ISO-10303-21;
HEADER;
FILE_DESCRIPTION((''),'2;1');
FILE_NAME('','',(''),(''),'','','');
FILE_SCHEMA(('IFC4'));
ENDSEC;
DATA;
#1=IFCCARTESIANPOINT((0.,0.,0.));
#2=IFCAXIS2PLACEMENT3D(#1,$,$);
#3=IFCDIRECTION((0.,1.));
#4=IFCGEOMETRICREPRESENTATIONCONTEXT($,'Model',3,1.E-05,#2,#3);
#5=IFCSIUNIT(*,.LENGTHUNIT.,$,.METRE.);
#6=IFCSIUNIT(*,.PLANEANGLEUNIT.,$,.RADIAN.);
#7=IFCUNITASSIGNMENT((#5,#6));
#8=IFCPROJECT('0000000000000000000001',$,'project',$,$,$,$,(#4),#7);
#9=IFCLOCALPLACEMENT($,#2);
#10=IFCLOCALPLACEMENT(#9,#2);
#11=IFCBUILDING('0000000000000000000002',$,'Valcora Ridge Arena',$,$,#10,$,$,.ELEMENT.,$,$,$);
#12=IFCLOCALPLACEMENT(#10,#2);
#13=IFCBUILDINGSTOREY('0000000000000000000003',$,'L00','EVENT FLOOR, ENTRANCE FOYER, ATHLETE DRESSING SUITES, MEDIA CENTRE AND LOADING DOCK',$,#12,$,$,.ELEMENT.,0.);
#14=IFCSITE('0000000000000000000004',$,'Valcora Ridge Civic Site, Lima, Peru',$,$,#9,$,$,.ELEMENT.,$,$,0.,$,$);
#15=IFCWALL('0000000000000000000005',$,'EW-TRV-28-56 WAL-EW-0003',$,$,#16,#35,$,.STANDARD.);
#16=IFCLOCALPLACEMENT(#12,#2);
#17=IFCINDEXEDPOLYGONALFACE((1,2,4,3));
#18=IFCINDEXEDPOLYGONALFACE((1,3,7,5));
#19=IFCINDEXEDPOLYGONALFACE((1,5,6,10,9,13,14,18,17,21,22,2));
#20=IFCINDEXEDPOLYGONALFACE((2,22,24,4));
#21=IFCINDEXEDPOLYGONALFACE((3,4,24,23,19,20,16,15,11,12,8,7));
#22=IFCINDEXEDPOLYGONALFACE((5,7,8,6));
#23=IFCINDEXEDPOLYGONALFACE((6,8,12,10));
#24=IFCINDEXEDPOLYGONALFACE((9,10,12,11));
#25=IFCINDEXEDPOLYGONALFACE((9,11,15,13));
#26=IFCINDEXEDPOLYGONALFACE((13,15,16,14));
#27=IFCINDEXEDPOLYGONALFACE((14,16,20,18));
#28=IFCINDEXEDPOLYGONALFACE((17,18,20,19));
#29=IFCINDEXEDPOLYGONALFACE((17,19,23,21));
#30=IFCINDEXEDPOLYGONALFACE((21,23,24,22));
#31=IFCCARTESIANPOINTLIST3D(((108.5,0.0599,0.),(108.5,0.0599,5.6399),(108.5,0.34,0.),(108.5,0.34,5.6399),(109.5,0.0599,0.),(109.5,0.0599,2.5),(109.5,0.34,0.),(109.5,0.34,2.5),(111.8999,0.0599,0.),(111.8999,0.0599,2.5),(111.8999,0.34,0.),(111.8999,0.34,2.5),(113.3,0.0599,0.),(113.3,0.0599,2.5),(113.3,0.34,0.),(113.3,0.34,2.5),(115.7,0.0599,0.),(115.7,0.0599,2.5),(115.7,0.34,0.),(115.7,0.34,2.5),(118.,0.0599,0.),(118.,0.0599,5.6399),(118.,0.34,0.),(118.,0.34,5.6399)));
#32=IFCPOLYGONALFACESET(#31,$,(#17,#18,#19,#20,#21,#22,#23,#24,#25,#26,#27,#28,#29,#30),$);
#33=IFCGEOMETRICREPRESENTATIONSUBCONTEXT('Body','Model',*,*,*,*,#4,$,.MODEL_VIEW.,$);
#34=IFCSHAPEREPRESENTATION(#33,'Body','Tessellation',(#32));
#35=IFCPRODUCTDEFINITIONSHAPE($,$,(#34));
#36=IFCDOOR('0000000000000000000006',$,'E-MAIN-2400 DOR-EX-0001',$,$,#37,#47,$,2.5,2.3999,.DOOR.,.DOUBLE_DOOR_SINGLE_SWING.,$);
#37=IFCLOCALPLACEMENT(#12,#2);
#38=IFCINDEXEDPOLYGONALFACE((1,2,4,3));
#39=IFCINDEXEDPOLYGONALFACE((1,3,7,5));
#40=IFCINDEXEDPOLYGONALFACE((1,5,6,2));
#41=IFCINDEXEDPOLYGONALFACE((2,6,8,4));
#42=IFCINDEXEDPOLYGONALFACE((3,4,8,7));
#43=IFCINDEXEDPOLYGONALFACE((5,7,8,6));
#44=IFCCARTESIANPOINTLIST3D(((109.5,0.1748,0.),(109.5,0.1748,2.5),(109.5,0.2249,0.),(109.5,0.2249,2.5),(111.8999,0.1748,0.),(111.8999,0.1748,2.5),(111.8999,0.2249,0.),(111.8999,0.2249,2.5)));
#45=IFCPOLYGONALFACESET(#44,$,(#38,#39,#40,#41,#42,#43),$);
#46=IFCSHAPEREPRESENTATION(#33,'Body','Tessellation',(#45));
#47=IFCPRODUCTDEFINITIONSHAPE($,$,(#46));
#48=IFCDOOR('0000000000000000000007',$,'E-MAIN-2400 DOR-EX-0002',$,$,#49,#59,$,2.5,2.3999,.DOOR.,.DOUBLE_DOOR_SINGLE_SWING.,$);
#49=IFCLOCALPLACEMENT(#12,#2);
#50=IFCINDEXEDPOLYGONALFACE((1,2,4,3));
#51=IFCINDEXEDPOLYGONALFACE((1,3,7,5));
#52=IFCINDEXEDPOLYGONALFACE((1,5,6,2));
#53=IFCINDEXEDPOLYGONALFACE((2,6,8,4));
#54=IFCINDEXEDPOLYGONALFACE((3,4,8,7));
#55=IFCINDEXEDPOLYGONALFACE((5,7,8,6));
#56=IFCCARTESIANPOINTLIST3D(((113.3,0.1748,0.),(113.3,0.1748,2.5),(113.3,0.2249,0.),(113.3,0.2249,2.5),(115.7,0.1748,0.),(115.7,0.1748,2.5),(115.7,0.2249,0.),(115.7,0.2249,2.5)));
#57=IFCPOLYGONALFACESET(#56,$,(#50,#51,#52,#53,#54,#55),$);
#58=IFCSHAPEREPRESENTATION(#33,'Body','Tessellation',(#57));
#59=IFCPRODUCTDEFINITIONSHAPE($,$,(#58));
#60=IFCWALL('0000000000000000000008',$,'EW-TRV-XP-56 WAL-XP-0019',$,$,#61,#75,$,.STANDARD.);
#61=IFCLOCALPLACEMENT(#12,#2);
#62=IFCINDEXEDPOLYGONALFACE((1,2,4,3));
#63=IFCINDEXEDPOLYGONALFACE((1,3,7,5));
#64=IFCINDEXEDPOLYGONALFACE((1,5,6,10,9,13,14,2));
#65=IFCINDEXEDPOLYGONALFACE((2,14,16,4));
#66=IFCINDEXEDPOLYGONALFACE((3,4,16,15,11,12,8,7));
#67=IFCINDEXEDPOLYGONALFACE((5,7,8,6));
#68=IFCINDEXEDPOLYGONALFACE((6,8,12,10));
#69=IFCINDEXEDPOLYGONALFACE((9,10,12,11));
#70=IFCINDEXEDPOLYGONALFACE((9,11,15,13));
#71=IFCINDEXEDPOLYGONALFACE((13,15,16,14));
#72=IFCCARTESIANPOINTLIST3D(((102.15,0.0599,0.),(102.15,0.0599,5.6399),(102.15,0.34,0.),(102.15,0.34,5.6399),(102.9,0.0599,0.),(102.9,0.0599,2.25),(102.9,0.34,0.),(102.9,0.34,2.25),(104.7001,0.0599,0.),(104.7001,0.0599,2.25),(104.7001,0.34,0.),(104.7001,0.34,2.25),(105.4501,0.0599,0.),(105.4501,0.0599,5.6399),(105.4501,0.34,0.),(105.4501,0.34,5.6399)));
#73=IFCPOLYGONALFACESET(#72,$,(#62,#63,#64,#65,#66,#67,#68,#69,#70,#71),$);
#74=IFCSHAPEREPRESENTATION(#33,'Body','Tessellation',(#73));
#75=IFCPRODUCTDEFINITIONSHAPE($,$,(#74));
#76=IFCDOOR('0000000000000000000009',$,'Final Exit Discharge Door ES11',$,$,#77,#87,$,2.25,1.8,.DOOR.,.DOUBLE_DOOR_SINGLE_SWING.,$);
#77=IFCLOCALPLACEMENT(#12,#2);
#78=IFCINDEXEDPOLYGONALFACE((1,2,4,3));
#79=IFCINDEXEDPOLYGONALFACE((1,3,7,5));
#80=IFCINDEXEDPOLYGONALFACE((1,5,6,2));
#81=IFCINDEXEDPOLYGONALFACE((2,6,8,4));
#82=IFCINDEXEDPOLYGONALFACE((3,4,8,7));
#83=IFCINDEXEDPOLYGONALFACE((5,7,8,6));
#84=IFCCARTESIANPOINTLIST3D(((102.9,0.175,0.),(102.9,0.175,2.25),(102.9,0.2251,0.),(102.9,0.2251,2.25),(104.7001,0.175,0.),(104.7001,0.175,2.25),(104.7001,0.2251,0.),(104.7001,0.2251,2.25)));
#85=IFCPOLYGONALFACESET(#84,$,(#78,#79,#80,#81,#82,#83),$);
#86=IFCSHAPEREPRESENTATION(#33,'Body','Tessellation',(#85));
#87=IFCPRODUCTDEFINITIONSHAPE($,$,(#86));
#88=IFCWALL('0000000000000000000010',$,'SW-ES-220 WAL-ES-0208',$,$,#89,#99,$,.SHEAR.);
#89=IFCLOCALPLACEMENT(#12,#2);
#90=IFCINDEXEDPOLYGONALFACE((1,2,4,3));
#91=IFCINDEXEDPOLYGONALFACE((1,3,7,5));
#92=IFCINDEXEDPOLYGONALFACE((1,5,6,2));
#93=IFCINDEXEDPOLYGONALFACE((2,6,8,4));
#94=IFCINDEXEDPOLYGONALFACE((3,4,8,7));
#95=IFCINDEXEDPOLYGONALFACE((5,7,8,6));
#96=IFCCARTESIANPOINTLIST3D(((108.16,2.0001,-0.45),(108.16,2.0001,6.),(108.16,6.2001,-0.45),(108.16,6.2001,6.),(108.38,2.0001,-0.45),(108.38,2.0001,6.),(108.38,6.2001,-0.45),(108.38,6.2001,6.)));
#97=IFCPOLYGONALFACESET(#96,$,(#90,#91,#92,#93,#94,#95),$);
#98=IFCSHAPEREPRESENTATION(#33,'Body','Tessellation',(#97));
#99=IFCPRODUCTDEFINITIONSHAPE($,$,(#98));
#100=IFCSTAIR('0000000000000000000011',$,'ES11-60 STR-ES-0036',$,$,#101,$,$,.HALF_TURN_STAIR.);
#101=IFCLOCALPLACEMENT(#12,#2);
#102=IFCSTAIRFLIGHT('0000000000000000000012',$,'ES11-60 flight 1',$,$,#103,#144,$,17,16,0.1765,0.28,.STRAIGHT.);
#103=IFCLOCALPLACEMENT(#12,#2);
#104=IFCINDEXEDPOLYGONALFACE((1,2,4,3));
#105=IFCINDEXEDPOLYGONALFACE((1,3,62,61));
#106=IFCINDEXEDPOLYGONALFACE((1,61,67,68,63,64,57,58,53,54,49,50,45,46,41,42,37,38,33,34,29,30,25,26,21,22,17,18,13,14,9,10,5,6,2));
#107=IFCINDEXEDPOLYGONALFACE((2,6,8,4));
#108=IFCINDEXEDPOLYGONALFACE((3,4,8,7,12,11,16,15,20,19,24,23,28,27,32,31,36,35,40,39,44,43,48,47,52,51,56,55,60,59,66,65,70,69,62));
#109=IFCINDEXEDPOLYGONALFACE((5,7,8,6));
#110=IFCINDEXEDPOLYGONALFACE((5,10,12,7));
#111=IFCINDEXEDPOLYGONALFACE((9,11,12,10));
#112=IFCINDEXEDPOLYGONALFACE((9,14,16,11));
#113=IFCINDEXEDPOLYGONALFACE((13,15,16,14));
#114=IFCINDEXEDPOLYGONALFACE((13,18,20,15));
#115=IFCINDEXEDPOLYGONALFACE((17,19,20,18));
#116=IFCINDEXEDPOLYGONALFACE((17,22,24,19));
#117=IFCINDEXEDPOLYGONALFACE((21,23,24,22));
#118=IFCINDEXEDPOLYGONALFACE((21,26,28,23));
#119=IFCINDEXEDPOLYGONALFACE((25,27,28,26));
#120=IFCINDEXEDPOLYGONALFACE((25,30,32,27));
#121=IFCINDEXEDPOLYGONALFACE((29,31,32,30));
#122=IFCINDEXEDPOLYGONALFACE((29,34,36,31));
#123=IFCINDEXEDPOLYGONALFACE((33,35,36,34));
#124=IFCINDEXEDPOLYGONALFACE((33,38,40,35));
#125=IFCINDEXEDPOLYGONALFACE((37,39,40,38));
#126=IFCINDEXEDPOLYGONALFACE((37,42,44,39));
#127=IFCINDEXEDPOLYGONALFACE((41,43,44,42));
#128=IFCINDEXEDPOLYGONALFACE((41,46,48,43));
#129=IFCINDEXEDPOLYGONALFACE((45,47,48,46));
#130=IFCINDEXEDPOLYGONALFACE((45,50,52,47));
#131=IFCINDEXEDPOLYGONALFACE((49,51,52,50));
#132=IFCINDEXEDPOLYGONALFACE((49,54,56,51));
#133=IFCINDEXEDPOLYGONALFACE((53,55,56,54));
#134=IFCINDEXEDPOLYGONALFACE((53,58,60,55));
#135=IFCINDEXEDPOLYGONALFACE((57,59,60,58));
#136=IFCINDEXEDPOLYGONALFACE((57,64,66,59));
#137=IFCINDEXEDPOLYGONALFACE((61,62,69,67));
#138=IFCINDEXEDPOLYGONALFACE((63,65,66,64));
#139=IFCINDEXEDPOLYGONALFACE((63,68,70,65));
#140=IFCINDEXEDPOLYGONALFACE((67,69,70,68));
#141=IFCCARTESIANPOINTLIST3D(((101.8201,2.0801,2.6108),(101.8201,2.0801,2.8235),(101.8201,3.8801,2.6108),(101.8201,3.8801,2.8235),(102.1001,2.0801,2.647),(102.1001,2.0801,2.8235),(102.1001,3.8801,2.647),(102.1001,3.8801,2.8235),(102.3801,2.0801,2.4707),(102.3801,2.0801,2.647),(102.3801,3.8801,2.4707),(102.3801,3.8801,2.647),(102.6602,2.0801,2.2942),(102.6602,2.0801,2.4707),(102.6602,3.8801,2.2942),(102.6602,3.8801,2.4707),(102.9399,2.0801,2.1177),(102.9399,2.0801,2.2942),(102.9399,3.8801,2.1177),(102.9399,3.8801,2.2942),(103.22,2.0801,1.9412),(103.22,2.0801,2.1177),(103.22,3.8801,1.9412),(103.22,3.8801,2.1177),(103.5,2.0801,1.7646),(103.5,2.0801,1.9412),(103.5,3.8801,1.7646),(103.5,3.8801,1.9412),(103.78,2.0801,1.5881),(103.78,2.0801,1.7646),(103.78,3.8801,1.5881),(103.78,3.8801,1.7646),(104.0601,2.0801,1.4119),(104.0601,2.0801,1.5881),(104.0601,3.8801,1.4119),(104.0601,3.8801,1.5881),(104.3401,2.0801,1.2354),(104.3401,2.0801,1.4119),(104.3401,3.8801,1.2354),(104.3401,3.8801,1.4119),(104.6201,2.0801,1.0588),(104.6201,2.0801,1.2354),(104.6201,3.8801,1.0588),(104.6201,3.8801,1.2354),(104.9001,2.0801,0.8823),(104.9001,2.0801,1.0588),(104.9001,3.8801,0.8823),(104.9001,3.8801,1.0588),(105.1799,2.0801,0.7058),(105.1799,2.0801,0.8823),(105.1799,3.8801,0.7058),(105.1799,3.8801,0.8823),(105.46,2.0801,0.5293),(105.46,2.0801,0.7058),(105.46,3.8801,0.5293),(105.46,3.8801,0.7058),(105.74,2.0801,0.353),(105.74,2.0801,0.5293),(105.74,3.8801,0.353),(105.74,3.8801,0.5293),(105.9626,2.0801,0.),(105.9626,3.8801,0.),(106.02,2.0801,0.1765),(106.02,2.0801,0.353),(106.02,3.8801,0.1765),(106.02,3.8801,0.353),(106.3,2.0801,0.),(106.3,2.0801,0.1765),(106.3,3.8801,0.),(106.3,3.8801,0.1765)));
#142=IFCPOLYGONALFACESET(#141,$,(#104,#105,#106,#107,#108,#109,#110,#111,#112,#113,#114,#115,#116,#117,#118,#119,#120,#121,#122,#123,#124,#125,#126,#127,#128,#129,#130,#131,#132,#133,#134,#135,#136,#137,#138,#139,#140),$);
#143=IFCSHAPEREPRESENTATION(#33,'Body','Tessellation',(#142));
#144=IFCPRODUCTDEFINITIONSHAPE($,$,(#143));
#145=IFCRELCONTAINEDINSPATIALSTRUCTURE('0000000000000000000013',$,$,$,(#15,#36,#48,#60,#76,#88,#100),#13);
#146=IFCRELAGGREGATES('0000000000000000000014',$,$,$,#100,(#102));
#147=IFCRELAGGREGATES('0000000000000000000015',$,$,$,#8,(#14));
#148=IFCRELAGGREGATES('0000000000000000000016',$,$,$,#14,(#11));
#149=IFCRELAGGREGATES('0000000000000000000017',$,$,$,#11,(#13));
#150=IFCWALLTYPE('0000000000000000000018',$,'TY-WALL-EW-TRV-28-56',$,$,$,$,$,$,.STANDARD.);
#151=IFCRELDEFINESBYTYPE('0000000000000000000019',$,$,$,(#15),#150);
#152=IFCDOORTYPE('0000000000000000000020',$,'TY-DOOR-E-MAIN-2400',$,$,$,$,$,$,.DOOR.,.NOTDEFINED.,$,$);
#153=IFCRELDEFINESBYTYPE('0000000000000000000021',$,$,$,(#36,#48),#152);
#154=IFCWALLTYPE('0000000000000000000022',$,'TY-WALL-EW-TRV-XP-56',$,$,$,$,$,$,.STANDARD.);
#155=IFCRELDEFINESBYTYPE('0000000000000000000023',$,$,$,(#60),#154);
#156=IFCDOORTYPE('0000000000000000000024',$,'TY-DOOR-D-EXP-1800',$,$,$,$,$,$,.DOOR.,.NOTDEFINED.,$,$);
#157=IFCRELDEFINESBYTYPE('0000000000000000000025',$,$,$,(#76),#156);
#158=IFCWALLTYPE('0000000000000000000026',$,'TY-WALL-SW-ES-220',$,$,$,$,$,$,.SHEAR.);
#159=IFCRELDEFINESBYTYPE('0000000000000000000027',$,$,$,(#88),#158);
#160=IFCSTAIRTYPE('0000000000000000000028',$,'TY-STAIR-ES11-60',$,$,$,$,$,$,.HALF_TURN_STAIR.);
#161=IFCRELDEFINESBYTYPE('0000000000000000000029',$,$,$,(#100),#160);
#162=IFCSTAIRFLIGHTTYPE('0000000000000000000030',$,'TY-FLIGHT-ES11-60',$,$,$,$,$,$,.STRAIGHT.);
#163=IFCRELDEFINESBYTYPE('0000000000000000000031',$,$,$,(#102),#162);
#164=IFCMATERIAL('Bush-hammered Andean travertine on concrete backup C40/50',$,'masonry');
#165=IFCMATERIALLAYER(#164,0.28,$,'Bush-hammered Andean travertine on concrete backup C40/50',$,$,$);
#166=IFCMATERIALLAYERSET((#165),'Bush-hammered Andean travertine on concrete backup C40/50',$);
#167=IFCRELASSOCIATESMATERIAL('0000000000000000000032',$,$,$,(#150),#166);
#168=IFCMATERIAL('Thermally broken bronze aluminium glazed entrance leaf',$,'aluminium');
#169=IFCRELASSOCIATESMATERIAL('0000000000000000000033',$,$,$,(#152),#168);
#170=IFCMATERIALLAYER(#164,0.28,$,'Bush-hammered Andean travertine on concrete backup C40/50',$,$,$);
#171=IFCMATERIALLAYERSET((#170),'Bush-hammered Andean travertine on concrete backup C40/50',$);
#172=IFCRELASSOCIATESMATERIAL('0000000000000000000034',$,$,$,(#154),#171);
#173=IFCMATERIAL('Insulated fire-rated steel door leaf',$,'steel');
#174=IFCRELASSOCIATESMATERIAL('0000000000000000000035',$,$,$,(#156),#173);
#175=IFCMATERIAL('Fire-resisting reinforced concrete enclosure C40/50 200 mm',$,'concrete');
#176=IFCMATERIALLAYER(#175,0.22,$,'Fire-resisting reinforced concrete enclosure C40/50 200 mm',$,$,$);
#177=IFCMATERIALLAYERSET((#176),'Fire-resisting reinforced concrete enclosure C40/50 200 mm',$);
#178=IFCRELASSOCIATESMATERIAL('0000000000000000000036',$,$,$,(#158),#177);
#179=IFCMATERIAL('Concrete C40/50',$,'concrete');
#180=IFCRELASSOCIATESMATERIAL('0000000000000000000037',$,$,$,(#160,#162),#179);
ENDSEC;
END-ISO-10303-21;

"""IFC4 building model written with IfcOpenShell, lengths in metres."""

from ifc_helpers import new_model, si_unit, direction, frame, frame_2d, origin, place, context, subcontext, project, spatial, polyline, rectangle, outline, extrude, material, layer, layer_set, type_object, element, fill, aggregate, save


model = new_model("IFC4")

# Units and contexts
model_context = context("Model", 3, precision=1e-05, world=origin(), true_north=direction((0.0, 1.0)))
body_context = subcontext(model_context, "Body", "Model", "MODEL_VIEW")
ifc_project = project(units=[si_unit("LENGTHUNIT", "METRE"), si_unit("PLANEANGLEUNIT", "RADIAN")], contexts=[model_context])

# Site, building, storey
site_placement = place(None, origin())
site = spatial("IfcSite", under=ifc_project, at=site_placement, Name="Valcora Ridge Civic Site, Lima, Peru", CompositionType="ELEMENT", RefElevation=0.0)
building_placement = place(site_placement, origin())
building = spatial("IfcBuilding", under=site, at=building_placement, Name="Valcora Ridge Arena", CompositionType="ELEMENT")
storey_placement = place(building_placement, origin())
storey = spatial("IfcBuildingStorey", under=building, at=storey_placement, Name="L00", Description="EVENT FLOOR, ENTRANCE FOYER, ATHLETE DRESSING SUITES, MEDIA CENTRE AND LOADING DOCK", CompositionType="ELEMENT", Elevation=0.0)

# Shared definitions
ifc_material_1 = material(Name="Concrete C40/50", Category="concrete")
ifc_material_2 = material(Name="Fire-resisting reinforced concrete enclosure C40/50 200 mm", Category="concrete")

# Shared definitions
ifc_material_3 = material(Name="Bush-hammered Andean travertine on concrete backup C40/50", Category="masonry")
ifc_layer_1 = layer(ifc_material_3, 0.28, Name="Bush-hammered Andean travertine on concrete backup C40/50")
ifc_layer_set_1 = layer_set([ifc_layer_1], Name="Bush-hammered Andean travertine on concrete backup C40/50")
wall_type_1 = type_object("IfcWallType", Name="TY-WALL-EW-TRV-28-56", PredefinedType="STANDARD", material=ifc_layer_set_1)

# Wall, openings, doors
wall_1_placement = place(storey_placement, frame((108.5, 0.2, 0.0), z_axis=(0.0, 0.0, 1.0), x_axis=(1.0, 0.0, 0.0)))
wall_1 = element("IfcWall", 1, at=wall_1_placement, inside=storey, type_object=wall_type_1, Name="EW-TRV-28-56 WAL-EW-0003", PredefinedType="STANDARD", context=body_context, shape_type="SweptSolid", body=[
    extrude(rectangle(XDim=9.5, YDim=0.28, at=frame_2d((4.75, 0.0))), origin(), (0.0, 0.0, 1.0), 5.6399),
])
opening_1_placement = place(wall_1_placement, frame((1.0, 0.0, 0.0)))
opening_1 = element("IfcOpeningElement", 2, at=opening_1_placement, cuts=wall_1, PredefinedType="OPENING", context=body_context, shape_type="SweptSolid", body=[
    extrude(rectangle(XDim=2.3999, YDim=2.5, at=frame_2d((1.2, 1.25))), frame((0.0, 0.1499, 0.0), z_axis=(0.0, -1.0, 0.0), x_axis=(1.0, 0.0, 0.0)), (0.0, 0.0, 1.0), 0.3),
])
opening_2_placement = place(wall_1_placement, frame((4.8, 0.0, 0.0)))
opening_2 = element("IfcOpeningElement", 3, at=opening_2_placement, cuts=wall_1, PredefinedType="OPENING", context=body_context, shape_type="SweptSolid", body=[
    extrude(rectangle(XDim=2.3999, YDim=2.5, at=frame_2d((1.2, 1.25))), frame((0.0, 0.1499, 0.0), z_axis=(0.0, -1.0, 0.0), x_axis=(1.0, 0.0, 0.0)), (0.0, 0.0, 1.0), 0.3),
])
ifc_material_4 = material(Name="Thermally broken bronze aluminium glazed entrance leaf", Category="aluminium")
door_type_1 = type_object("IfcDoorType", Name="TY-DOOR-E-MAIN-2400", OperationType="NOTDEFINED", PredefinedType="DOOR", material=ifc_material_4)
door_1_placement = place(opening_1_placement, origin())
door_1 = element("IfcDoor", 4, at=door_1_placement, inside=storey, type_object=door_type_1, Name="E-MAIN-2400 DOR-EX-0001", OperationType="DOUBLE_DOOR_SINGLE_SWING", OverallHeight=2.5, OverallWidth=2.3999, PredefinedType="DOOR", context=body_context, shape_type="SweptSolid", body=[
    extrude(rectangle(XDim=2.3999, YDim=2.5, at=frame_2d((1.2, 1.25))), frame((0.0, 0.0249, 0.0), z_axis=(0.0, -1.0, 0.0), x_axis=(1.0, 0.0, 0.0)), (0.0, 0.0, 1.0), 0.05),
])
fill(opening_1, door_1)
door_2_placement = place(opening_2_placement, origin())
door_2 = element("IfcDoor", 5, at=door_2_placement, inside=storey, type_object=door_type_1, Name="E-MAIN-2400 DOR-EX-0002", OperationType="DOUBLE_DOOR_SINGLE_SWING", OverallHeight=2.5, OverallWidth=2.3999, PredefinedType="DOOR", context=body_context, shape_type="SweptSolid", body=[
    extrude(rectangle(XDim=2.3999, YDim=2.5, at=frame_2d((1.2, 1.25))), frame((0.0, 0.0249, 0.0), z_axis=(0.0, -1.0, 0.0), x_axis=(1.0, 0.0, 0.0)), (0.0, 0.0, 1.0), 0.05),
])
fill(opening_2, door_2)

# Wall, opening, door
ifc_layer_2 = layer(ifc_material_3, 0.28, Name="Bush-hammered Andean travertine on concrete backup C40/50")
ifc_layer_set_2 = layer_set([ifc_layer_2], Name="Bush-hammered Andean travertine on concrete backup C40/50")
wall_type_2 = type_object("IfcWallType", Name="TY-WALL-EW-TRV-XP-56", PredefinedType="STANDARD", material=ifc_layer_set_2)
wall_2_placement = place(storey_placement, frame((105.45, 0.2, 0.0), z_axis=(0.0, 0.0, 1.0), x_axis=(-1.0, 0.0, 0.0)))
wall_2 = element("IfcWall", 6, at=wall_2_placement, inside=storey, type_object=wall_type_2, Name="EW-TRV-XP-56 WAL-XP-0019", PredefinedType="STANDARD", context=body_context, shape_type="SweptSolid", body=[
    extrude(rectangle(XDim=3.3, YDim=0.28, at=frame_2d((1.6499, 0.0))), origin(), (0.0, 0.0, 1.0), 5.6399),
])
opening_3_placement = place(wall_2_placement, frame((0.75, 0.0, 0.0)))
opening_3 = element("IfcOpeningElement", 7, at=opening_3_placement, cuts=wall_2, PredefinedType="OPENING", context=body_context, shape_type="SweptSolid", body=[
    extrude(rectangle(XDim=1.8, YDim=2.25, at=frame_2d((0.8999, 1.125))), frame((0.0, 0.1499, 0.0), z_axis=(0.0, -1.0, 0.0), x_axis=(1.0, 0.0, 0.0)), (0.0, 0.0, 1.0), 0.3),
])
ifc_material_5 = material(Name="Insulated fire-rated steel door leaf", Category="steel")
door_type_2 = type_object("IfcDoorType", Name="TY-DOOR-D-EXP-1800", OperationType="NOTDEFINED", PredefinedType="DOOR", material=ifc_material_5)
door_3_placement = place(opening_3_placement, origin())
door_3 = element("IfcDoor", 8, at=door_3_placement, inside=storey, type_object=door_type_2, Name="Final Exit Discharge Door ES11", OperationType="DOUBLE_DOOR_SINGLE_SWING", OverallHeight=2.25, OverallWidth=1.8, PredefinedType="DOOR", context=body_context, shape_type="SweptSolid", body=[
    extrude(rectangle(XDim=1.8, YDim=2.25, at=frame_2d((0.8999, 1.125))), frame((0.0, 0.0249, 0.0), z_axis=(0.0, -1.0, 0.0), x_axis=(1.0, 0.0, 0.0)), (0.0, 0.0, 1.0), 0.05),
])
fill(opening_3, door_3)

# Wall
ifc_layer_3 = layer(ifc_material_2, 0.22, Name="Fire-resisting reinforced concrete enclosure C40/50 200 mm")
ifc_layer_set_3 = layer_set([ifc_layer_3], Name="Fire-resisting reinforced concrete enclosure C40/50 200 mm")
wall_type_3 = type_object("IfcWallType", Name="TY-WALL-SW-ES-220", PredefinedType="SHEAR", material=ifc_layer_set_3)
wall_3_placement = place(storey_placement, frame((108.27, 2.0, -0.45), z_axis=(0.0, 0.0, 1.0), x_axis=(0.0, 1.0, 0.0)))
element("IfcWall", 9, at=wall_3_placement, inside=storey, type_object=wall_type_3, Name="SW-ES-220 WAL-ES-0208", PredefinedType="SHEAR", context=body_context, shape_type="SweptSolid", body=[
    extrude(rectangle(XDim=4.2, YDim=0.22, at=frame_2d((2.1001, 0.0))), origin(), (0.0, 0.0, 1.0), 6.45),
])

# Stair, stair flight
stair_type = type_object("IfcStairType", Name="TY-STAIR-ES11-60", PredefinedType="HALF_TURN_STAIR", material=ifc_material_1)
stair_placement = place(storey_placement, origin())
stair = element("IfcStair", 10, at=stair_placement, inside=storey, type_object=stair_type, Name="ES11-60 STR-ES-0036", PredefinedType="HALF_TURN_STAIR")
stair_flight_type = type_object("IfcStairFlightType", Name="TY-FLIGHT-ES11-60", PredefinedType="STRAIGHT", material=ifc_material_1)
stair_flight_placement = place(storey_placement, frame((106.3, 2.98, 0.0), z_axis=(0.0, 0.0, 1.0), x_axis=(-1.0, 0.0, 0.0)))
stair_flight = element("IfcStairFlight", 11, at=stair_flight_placement, type_object=stair_flight_type, Name="ES11-60 flight 1", NumberOfRisers=17, NumberOfTreads=16, PredefinedType="STRAIGHT", RiserHeight=0.1765, TreadLength=0.28, context=body_context, shape_type="SweptSolid", body=[
    extrude(outline(polyline([(0.0, 0.0), (0.0, 0.1765), (0.28, 0.1765), (0.28, 0.353), (0.5601, 0.353), (0.5601, 0.5293), (0.8401, 0.5293), (0.8401, 0.7058), (1.1201, 0.7058), (1.1201, 0.8823), (1.3999, 0.8823), (1.3999, 1.0588), (1.6799, 1.0588), (1.6799, 1.2354), (1.96, 1.2354), (1.96, 1.4119), (2.24, 1.4119), (2.24, 1.5881), (2.52, 1.5881), (2.52, 1.7646), (2.8, 1.7646), (2.8, 1.9412), (3.0801, 1.9412), (3.0801, 2.1177), (3.3601, 2.1177), (3.3601, 2.2942), (3.6399, 2.2942), (3.6399, 2.4707), (3.9199, 2.4707), (3.9199, 2.647), (4.2, 2.647), (4.2, 2.8235), (4.48, 2.8235), (4.48, 3.0), (4.48, 2.6108), (0.3374, 0.0), (0.0, 0.0)])), frame((0.0, 0.8999, 0.0), z_axis=(0.0, -1.0, 0.0), x_axis=(1.0, 0.0, 0.0)), (0.0, 0.0, 1.0), 1.8),
])
aggregate(stair, [stair_flight])

save(model, "model.ifc")
